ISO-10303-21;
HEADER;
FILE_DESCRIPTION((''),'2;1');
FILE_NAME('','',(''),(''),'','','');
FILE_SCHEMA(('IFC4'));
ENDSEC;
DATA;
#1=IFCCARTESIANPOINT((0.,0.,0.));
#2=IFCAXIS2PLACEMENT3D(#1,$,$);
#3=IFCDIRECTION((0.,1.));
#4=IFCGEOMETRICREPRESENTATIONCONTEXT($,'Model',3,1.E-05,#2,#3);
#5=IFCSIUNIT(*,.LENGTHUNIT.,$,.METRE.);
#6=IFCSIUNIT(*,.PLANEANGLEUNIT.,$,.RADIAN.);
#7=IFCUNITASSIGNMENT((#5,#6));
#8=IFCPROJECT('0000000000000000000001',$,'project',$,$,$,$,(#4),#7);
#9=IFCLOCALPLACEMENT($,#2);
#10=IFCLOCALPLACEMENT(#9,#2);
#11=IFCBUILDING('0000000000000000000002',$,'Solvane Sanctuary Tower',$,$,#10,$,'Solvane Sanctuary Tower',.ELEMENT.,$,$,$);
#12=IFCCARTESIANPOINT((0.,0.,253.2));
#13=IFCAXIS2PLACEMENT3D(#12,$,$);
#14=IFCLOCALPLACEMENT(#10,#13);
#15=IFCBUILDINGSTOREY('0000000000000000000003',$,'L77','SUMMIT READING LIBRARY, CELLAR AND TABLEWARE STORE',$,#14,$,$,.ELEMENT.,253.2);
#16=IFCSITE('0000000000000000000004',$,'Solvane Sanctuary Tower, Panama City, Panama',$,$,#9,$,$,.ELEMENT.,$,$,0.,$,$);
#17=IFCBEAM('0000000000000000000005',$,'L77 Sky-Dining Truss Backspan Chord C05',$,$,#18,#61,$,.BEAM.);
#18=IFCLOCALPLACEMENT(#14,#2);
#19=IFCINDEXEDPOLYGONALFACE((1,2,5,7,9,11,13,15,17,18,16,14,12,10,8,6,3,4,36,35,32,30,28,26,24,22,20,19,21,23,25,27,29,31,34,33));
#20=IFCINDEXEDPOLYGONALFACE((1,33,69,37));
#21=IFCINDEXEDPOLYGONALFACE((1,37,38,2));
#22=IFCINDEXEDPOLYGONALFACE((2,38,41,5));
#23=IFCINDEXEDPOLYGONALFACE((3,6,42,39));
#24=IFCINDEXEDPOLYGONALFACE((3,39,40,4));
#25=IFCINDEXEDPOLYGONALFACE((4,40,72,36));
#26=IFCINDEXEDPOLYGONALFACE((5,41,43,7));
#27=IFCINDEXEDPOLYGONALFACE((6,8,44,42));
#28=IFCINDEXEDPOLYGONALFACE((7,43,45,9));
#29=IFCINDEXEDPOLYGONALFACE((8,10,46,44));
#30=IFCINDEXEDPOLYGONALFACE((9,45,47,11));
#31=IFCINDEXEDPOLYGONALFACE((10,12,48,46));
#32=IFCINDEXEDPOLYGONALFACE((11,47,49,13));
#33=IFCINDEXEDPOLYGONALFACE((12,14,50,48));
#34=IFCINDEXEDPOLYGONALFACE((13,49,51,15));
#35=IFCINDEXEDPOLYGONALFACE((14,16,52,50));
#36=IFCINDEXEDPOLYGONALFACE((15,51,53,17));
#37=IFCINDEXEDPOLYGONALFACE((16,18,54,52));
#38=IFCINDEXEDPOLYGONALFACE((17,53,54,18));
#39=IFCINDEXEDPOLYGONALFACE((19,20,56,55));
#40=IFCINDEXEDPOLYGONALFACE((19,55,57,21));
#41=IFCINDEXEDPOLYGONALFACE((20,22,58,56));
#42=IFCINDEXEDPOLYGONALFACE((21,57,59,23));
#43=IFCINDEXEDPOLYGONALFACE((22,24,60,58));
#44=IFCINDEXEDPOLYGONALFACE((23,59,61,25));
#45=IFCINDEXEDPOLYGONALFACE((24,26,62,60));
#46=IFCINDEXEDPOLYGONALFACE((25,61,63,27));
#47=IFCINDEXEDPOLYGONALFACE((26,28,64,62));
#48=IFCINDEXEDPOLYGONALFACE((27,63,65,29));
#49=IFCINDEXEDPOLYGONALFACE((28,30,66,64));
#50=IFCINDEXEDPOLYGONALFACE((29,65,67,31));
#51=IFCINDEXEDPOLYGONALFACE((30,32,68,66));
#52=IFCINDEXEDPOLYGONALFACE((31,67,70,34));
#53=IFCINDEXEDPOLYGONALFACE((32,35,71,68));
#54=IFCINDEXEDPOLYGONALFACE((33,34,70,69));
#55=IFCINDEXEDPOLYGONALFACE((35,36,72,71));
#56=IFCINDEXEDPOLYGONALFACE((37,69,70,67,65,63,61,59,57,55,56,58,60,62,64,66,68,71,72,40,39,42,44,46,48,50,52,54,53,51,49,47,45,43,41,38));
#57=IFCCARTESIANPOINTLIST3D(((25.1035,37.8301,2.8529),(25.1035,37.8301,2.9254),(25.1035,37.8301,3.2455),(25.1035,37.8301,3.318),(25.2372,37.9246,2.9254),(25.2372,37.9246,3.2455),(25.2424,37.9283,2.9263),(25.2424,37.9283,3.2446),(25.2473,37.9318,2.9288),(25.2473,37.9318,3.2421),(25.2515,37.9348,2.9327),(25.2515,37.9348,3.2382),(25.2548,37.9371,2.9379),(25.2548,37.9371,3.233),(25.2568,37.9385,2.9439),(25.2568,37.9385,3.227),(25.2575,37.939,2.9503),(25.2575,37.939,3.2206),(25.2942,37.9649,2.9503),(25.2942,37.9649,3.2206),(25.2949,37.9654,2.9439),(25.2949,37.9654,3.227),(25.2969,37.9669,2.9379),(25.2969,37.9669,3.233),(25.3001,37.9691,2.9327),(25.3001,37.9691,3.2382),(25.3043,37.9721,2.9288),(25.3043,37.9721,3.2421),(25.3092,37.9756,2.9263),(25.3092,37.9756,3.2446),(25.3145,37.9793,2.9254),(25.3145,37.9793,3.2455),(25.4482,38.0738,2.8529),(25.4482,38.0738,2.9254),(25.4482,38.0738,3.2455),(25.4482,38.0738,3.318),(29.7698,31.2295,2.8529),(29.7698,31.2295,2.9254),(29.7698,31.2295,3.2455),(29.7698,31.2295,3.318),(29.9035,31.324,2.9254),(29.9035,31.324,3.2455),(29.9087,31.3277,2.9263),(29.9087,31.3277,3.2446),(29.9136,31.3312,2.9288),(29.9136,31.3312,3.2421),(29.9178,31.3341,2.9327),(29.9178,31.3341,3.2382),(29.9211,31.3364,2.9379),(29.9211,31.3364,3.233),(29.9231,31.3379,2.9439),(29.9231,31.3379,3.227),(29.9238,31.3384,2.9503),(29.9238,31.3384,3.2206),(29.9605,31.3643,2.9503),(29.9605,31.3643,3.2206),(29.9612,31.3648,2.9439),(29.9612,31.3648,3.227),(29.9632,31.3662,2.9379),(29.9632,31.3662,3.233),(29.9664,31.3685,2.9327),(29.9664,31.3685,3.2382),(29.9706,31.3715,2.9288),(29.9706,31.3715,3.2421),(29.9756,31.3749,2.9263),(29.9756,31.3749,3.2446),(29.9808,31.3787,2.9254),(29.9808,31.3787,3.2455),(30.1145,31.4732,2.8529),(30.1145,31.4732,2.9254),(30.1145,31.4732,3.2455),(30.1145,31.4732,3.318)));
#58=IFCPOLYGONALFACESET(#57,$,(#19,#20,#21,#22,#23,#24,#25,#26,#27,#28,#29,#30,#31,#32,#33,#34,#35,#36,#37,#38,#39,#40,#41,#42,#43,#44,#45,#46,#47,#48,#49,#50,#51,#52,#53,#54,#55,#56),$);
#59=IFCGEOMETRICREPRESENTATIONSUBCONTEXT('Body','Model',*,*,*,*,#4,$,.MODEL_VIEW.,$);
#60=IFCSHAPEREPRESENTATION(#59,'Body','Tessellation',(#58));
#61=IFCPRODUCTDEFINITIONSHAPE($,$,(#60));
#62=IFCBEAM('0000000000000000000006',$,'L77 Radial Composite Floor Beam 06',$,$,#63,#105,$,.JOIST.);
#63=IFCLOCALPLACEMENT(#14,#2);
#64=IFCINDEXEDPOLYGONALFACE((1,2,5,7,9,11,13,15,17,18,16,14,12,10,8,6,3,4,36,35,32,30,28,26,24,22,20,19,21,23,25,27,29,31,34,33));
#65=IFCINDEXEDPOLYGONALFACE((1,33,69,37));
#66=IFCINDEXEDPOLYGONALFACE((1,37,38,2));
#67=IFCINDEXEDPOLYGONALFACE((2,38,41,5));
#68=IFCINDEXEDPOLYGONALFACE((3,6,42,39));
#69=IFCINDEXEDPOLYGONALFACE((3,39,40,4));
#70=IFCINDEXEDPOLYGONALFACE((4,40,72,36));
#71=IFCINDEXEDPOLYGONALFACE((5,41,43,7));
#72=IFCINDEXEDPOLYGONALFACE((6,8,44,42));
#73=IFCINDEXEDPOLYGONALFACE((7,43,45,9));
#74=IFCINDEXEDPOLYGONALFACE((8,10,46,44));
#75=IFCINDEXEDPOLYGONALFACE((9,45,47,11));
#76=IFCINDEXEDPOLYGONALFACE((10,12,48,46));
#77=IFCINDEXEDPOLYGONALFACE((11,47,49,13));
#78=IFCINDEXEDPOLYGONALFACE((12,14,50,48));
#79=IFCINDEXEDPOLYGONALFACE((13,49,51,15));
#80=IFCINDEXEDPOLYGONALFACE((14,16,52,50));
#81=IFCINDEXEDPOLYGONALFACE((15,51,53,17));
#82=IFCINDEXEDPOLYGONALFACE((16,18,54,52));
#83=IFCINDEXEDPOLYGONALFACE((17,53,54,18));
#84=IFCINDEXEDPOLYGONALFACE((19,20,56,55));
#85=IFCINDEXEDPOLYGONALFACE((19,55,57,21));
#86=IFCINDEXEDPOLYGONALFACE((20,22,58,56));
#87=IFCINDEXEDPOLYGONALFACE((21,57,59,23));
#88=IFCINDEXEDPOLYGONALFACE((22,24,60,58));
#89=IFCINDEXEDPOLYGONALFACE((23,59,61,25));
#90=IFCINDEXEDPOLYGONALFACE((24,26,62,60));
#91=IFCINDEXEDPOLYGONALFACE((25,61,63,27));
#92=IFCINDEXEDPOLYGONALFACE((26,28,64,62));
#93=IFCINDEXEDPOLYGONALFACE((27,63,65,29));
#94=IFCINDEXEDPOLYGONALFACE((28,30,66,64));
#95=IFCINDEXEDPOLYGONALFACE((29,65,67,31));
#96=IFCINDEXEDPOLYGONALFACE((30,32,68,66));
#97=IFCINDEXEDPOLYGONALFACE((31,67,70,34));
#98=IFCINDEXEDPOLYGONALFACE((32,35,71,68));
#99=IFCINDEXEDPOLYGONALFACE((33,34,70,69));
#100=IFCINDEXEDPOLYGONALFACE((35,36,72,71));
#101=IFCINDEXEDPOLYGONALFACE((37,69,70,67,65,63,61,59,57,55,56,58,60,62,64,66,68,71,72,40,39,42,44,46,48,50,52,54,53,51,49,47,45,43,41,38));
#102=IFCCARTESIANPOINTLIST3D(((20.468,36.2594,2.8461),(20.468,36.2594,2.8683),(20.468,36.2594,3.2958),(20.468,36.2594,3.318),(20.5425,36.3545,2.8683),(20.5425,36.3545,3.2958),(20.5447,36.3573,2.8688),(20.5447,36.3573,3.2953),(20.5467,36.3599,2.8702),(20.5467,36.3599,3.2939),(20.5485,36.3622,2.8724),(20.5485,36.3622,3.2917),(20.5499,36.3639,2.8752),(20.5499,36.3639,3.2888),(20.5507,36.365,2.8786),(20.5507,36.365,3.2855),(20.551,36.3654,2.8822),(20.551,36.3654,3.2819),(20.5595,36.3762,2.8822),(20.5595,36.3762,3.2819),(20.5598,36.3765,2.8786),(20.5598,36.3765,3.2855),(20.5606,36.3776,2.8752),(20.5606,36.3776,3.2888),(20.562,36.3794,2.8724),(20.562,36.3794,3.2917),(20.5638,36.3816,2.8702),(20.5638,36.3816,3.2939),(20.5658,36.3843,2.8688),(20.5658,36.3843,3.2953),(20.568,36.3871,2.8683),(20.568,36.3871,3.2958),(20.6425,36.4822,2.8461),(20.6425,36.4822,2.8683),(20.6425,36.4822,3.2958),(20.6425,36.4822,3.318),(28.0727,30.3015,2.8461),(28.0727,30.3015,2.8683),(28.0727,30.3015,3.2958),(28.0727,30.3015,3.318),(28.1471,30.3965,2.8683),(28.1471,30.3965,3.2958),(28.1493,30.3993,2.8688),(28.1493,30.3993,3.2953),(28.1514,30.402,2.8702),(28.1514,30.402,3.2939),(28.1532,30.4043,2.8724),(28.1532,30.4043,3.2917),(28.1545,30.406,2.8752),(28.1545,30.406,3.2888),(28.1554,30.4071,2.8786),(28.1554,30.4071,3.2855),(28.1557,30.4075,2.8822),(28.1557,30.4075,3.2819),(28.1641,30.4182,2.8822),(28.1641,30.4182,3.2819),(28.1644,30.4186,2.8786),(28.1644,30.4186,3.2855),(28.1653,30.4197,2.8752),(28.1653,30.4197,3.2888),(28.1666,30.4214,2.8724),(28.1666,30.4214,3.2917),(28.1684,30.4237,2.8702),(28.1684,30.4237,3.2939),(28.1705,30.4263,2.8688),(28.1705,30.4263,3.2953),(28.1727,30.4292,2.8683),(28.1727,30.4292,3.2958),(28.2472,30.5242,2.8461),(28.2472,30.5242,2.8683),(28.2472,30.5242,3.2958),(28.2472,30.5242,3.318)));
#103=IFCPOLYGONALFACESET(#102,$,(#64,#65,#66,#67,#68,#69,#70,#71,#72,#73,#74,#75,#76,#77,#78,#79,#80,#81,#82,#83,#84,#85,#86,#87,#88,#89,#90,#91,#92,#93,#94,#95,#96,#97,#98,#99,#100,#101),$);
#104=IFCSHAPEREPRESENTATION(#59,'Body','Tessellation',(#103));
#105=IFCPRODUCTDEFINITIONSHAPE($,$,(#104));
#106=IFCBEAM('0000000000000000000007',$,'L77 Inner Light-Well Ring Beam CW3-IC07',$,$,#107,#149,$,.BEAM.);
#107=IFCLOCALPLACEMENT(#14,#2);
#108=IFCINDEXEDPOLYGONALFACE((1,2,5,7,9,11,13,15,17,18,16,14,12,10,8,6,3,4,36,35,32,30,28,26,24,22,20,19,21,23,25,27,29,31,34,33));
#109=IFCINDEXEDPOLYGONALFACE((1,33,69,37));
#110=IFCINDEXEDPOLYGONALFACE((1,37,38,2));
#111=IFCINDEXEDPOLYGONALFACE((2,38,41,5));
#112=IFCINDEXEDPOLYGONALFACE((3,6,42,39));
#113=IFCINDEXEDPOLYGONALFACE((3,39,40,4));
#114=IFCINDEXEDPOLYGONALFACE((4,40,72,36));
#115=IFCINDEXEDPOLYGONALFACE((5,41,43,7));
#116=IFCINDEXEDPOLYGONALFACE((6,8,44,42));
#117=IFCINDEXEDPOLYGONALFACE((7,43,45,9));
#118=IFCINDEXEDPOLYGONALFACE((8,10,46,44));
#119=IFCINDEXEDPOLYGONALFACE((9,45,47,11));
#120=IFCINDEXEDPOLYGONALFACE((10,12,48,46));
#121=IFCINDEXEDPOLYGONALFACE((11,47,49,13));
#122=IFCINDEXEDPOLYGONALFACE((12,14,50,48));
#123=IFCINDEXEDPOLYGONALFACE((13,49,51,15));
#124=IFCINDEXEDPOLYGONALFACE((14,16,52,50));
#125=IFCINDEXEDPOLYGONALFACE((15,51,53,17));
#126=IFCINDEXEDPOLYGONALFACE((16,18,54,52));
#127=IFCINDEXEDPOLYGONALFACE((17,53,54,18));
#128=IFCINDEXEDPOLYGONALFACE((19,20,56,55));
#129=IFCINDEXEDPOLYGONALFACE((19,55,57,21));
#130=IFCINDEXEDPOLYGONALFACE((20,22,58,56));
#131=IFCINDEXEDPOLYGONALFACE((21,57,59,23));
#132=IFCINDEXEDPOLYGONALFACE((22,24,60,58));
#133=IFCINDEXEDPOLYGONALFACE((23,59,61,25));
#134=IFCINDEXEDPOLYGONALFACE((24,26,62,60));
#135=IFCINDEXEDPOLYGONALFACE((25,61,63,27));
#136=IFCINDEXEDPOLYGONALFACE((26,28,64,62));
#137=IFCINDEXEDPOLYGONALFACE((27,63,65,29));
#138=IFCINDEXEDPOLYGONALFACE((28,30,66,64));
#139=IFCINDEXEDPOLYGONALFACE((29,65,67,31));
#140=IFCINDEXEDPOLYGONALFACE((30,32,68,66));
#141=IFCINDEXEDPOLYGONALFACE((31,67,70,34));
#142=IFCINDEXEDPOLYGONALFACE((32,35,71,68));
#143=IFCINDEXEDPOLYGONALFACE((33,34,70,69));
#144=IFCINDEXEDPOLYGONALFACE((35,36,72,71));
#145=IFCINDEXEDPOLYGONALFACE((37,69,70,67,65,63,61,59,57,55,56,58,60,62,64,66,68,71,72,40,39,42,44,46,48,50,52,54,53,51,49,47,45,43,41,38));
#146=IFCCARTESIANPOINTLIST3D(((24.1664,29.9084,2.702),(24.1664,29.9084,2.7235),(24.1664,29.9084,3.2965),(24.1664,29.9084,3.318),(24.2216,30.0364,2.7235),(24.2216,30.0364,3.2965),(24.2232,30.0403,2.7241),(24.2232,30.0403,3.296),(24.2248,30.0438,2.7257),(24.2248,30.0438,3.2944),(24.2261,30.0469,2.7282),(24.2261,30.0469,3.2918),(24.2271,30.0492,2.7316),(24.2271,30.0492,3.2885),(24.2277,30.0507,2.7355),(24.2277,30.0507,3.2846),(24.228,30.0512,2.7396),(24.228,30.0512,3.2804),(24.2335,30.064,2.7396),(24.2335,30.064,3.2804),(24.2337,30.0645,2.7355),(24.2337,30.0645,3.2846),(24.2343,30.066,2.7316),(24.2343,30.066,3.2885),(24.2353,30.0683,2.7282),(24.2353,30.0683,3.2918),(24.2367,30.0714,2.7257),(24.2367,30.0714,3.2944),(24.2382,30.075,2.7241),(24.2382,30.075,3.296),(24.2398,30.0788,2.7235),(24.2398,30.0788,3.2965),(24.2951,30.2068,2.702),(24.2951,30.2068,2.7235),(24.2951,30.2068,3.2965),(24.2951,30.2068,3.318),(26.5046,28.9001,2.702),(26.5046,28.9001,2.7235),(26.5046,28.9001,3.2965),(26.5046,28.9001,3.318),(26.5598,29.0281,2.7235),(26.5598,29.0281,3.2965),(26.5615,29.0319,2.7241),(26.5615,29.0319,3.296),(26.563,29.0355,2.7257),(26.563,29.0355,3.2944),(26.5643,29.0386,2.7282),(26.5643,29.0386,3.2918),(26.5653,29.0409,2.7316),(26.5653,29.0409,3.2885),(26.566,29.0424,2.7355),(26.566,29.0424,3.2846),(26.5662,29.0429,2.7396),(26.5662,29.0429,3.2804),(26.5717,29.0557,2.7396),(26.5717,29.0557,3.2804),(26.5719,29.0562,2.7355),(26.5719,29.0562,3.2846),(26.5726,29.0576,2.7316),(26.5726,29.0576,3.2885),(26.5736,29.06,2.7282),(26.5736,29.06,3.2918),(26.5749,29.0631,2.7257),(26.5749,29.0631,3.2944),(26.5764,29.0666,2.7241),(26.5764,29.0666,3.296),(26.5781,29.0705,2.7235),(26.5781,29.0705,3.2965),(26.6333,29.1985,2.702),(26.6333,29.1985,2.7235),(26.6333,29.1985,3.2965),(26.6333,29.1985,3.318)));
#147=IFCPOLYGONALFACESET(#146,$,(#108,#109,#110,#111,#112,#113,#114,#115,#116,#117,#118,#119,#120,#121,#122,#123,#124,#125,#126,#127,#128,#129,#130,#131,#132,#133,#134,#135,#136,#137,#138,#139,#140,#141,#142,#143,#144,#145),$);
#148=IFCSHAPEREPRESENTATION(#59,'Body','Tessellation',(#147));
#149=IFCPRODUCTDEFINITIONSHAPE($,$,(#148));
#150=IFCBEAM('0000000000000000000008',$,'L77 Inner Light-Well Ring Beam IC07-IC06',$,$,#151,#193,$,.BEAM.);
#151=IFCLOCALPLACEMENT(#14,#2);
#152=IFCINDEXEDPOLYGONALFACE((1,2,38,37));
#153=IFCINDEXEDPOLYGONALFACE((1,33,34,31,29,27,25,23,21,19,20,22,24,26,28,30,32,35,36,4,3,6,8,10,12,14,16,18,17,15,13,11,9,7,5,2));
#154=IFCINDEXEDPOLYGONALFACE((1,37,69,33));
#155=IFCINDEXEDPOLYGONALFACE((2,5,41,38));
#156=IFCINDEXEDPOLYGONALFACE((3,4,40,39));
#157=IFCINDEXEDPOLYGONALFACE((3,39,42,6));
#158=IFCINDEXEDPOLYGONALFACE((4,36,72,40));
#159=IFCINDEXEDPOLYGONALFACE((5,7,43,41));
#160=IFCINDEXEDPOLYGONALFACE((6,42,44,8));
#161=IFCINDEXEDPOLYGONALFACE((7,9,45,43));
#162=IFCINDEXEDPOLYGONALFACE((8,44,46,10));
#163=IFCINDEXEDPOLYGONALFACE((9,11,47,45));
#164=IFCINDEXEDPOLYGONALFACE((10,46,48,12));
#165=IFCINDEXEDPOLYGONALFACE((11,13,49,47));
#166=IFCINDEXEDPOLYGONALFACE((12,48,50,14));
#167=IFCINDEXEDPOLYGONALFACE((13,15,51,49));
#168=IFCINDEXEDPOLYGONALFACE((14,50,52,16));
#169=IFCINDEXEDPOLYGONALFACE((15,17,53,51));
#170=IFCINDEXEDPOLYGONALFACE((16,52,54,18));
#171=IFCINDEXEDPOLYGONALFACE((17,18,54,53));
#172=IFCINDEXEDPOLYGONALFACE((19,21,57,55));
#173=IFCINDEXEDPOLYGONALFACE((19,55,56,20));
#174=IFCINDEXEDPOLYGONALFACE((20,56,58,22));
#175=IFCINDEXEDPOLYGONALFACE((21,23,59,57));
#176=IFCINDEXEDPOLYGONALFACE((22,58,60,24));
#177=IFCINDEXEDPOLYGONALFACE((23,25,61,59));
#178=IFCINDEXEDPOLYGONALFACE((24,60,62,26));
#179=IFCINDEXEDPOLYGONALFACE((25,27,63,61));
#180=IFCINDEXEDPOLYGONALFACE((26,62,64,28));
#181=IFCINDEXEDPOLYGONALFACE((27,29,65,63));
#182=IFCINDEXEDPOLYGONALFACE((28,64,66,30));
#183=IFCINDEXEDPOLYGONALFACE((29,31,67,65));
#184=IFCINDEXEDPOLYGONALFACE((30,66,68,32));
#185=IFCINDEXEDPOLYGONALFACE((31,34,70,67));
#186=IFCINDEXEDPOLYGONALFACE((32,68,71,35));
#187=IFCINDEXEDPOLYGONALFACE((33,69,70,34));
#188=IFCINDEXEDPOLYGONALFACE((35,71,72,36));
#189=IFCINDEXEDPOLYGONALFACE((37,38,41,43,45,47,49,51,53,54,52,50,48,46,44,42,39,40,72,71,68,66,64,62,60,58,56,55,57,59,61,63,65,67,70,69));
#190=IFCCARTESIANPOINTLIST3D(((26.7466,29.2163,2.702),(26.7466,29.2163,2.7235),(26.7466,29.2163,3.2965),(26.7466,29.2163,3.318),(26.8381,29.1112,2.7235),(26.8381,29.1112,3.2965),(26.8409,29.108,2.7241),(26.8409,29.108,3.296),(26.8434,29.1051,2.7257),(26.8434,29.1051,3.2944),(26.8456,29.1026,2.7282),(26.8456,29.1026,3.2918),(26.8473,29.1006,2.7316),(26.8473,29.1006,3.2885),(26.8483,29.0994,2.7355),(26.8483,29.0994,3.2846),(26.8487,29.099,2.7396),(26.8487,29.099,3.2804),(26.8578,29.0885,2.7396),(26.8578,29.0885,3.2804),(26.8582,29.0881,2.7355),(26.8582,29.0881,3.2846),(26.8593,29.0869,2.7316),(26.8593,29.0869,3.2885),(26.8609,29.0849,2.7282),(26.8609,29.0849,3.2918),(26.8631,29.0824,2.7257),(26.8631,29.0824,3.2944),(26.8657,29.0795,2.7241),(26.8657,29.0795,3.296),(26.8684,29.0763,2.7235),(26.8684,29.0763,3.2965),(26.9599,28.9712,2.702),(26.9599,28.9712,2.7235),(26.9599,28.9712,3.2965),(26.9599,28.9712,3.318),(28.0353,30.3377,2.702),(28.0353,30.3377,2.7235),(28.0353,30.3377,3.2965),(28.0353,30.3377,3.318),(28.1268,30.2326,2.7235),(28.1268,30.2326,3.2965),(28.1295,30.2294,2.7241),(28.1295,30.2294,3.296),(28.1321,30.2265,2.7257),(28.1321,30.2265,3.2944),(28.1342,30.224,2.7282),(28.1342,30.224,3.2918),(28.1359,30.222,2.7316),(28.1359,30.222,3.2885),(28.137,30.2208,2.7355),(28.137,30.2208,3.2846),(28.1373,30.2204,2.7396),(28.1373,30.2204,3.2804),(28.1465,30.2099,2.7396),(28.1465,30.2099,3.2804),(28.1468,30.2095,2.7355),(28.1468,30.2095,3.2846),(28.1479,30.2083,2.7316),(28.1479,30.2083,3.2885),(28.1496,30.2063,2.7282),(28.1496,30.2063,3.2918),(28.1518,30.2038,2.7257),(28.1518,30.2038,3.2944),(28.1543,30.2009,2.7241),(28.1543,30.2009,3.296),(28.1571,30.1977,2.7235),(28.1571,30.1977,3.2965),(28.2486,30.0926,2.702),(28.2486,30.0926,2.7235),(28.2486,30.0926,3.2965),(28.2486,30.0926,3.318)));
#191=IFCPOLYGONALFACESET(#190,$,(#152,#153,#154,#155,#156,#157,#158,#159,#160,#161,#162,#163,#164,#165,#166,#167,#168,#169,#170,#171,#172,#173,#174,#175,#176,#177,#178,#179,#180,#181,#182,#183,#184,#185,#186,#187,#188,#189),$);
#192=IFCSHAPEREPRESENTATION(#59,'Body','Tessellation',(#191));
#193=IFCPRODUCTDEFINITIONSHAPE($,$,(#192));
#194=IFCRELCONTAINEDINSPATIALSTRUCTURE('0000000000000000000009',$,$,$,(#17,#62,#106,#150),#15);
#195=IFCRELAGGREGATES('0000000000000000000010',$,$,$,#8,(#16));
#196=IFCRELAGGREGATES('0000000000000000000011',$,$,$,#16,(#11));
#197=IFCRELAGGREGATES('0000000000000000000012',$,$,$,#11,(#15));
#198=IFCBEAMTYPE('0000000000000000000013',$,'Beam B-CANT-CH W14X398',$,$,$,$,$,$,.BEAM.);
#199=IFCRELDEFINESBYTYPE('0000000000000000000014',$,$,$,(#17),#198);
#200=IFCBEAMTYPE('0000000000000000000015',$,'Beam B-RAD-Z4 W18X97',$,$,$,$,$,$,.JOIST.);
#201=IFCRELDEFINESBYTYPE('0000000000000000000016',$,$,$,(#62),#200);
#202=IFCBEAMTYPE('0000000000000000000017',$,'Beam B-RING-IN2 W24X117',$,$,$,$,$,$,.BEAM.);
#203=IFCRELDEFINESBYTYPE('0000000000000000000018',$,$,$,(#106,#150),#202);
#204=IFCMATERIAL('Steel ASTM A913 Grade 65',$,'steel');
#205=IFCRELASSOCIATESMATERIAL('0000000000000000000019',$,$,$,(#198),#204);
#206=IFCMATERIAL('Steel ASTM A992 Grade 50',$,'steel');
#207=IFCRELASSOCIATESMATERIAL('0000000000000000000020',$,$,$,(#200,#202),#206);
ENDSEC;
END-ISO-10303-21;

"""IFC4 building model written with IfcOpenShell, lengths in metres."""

from ifc_helpers import new_model, si_unit, direction, frame, origin, origin_2d, place, context, subcontext, project, spatial, i_section, extrude, material, material_profile, profile_set, type_object, element, save


model = new_model("IFC4")

# Units and contexts
model_context = context("Model", 3, precision=1e-05, world=origin(), true_north=direction((0.0, 1.0)))
body_context = subcontext(model_context, "Body", "Model", "MODEL_VIEW")
ifc_project = project(units=[si_unit("LENGTHUNIT", "METRE"), si_unit("PLANEANGLEUNIT", "RADIAN")], contexts=[model_context])

# Site, building, storey
site_placement = place(None, origin())
site = spatial("IfcSite", under=ifc_project, at=site_placement, Name="Solvane Sanctuary Tower, Panama City, Panama", CompositionType="ELEMENT", RefElevation=0.0)
building_placement = place(site_placement, origin())
building = spatial("IfcBuilding", under=site, at=building_placement, Name="Solvane Sanctuary Tower", LongName="Solvane Sanctuary Tower", CompositionType="ELEMENT")
storey_placement = place(building_placement, frame((0.0, 0.0, 253.2)))
storey = spatial("IfcBuildingStorey", under=building, at=storey_placement, Name="L77", Description="SUMMIT READING LIBRARY, CELLAR AND TABLEWARE STORE", CompositionType="ELEMENT", Elevation=253.2)

# Shared definitions
ifc_material_1 = material(Name="Steel ASTM A913 Grade 65", Category="steel")

# Beams
ifc_material_profile_1 = material_profile(ifc_material_1, i_section(OverallWidth=0.4221, OverallDepth=0.4651, WebThickness=0.0449, FlangeThickness=0.0725, FilletRadius=0.0249, at=origin_2d()), Name="W14X398")
ifc_profile_set_1 = profile_set([ifc_material_profile_1], Name="Steel ASTM A913 Grade 65")
beam_type_1 = type_object("IfcBeamType", Name="Beam B-CANT-CH W14X398", PredefinedType="BEAM", material=ifc_profile_set_1)
beam_1_placement = place(storey_placement, frame((29.9421, 31.3513, 3.0854), z_axis=(-0.577263, 0.816558, 0.0), x_axis=(-0.816558, -0.577263, 0.0)))
element("IfcBeam", 1, at=beam_1_placement, inside=storey, type_object=beam_type_1, Name="L77 Sky-Dining Truss Backspan Chord C05", PredefinedType="BEAM", context=body_context, shape_type="SweptSolid", body=[
    extrude(i_section(OverallWidth=0.4221, OverallDepth=0.4651, WebThickness=0.0449, FlangeThickness=0.0725, FilletRadius=0.0249, at=origin_2d()), origin(), (0.0, 0.0, 1.0), 8.0835),
])
ifc_material_2 = material(Name="Steel ASTM A992 Grade 50", Category="steel")
ifc_material_profile_2 = material_profile(ifc_material_2, i_section(OverallWidth=0.283, OverallDepth=0.4719, WebThickness=0.0137, FlangeThickness=0.0222, FilletRadius=0.0139, at=origin_2d()), Name="W18X97")
ifc_profile_set_2 = profile_set([ifc_material_profile_2], Name="Steel ASTM A992 Grade 50")
beam_type_2 = type_object("IfcBeamType", Name="Beam B-RAD-Z4 W18X97", PredefinedType="JOIST", material=ifc_profile_set_2)
beam_2_placement = place(storey_placement, frame((28.1599, 30.4128, 3.082), z_axis=(-0.78718, 0.616724, 0.0), x_axis=(-0.616724, -0.78718, 0.0)))
element("IfcBeam", 2, at=beam_2_placement, inside=storey, type_object=beam_type_2, Name="L77 Radial Composite Floor Beam 06", PredefinedType="JOIST", context=body_context, shape_type="SweptSolid", body=[
    extrude(i_section(OverallWidth=0.283, OverallDepth=0.4719, WebThickness=0.0137, FlangeThickness=0.0222, FilletRadius=0.0139, at=origin_2d()), origin(), (0.0, 0.0, 1.0), 9.6606),
])
ifc_material_profile_3 = material_profile(ifc_material_2, i_section(OverallWidth=0.325, OverallDepth=0.616, WebThickness=0.0139, FlangeThickness=0.0215, FilletRadius=0.0161, at=origin_2d()), Name="W24X117")
ifc_profile_set_3 = profile_set([ifc_material_profile_3], Name="Steel ASTM A992 Grade 50")
beam_type_3 = type_object("IfcBeamType", Name="Beam B-RING-IN2 W24X117", PredefinedType="BEAM", material=ifc_profile_set_3)
beam_3_placement = place(storey_placement, frame((24.2307, 30.0576, 3.01), z_axis=(0.918255, -0.39599, 0.0), x_axis=(0.39599, 0.918255, 0.0)))
element("IfcBeam", 3, at=beam_3_placement, inside=storey, type_object=beam_type_3, Name="L77 Inner Light-Well Ring Beam CW3-IC07", PredefinedType="BEAM", context=body_context, shape_type="SweptSolid", body=[
    extrude(i_section(OverallWidth=0.325, OverallDepth=0.616, WebThickness=0.0139, FlangeThickness=0.0215, FilletRadius=0.0161, at=origin_2d()), origin(), (0.0, 0.0, 1.0), 2.5464),
])
beam_4_placement = place(storey_placement, frame((26.8533, 29.0938, 3.01), z_axis=(0.754362, 0.656458, 0.0), x_axis=(-0.656458, 0.754362, 0.0)))
element("IfcBeam", 4, at=beam_4_placement, inside=storey, type_object=beam_type_3, Name="L77 Inner Light-Well Ring Beam IC07-IC06", PredefinedType="BEAM", context=body_context, shape_type="SweptSolid", body=[
    extrude(i_section(OverallWidth=0.325, OverallDepth=0.616, WebThickness=0.0139, FlangeThickness=0.0215, FilletRadius=0.0161, at=origin_2d()), origin(), (0.0, 0.0, 1.0), 1.7083),
])

save(model, "model.ifc")
